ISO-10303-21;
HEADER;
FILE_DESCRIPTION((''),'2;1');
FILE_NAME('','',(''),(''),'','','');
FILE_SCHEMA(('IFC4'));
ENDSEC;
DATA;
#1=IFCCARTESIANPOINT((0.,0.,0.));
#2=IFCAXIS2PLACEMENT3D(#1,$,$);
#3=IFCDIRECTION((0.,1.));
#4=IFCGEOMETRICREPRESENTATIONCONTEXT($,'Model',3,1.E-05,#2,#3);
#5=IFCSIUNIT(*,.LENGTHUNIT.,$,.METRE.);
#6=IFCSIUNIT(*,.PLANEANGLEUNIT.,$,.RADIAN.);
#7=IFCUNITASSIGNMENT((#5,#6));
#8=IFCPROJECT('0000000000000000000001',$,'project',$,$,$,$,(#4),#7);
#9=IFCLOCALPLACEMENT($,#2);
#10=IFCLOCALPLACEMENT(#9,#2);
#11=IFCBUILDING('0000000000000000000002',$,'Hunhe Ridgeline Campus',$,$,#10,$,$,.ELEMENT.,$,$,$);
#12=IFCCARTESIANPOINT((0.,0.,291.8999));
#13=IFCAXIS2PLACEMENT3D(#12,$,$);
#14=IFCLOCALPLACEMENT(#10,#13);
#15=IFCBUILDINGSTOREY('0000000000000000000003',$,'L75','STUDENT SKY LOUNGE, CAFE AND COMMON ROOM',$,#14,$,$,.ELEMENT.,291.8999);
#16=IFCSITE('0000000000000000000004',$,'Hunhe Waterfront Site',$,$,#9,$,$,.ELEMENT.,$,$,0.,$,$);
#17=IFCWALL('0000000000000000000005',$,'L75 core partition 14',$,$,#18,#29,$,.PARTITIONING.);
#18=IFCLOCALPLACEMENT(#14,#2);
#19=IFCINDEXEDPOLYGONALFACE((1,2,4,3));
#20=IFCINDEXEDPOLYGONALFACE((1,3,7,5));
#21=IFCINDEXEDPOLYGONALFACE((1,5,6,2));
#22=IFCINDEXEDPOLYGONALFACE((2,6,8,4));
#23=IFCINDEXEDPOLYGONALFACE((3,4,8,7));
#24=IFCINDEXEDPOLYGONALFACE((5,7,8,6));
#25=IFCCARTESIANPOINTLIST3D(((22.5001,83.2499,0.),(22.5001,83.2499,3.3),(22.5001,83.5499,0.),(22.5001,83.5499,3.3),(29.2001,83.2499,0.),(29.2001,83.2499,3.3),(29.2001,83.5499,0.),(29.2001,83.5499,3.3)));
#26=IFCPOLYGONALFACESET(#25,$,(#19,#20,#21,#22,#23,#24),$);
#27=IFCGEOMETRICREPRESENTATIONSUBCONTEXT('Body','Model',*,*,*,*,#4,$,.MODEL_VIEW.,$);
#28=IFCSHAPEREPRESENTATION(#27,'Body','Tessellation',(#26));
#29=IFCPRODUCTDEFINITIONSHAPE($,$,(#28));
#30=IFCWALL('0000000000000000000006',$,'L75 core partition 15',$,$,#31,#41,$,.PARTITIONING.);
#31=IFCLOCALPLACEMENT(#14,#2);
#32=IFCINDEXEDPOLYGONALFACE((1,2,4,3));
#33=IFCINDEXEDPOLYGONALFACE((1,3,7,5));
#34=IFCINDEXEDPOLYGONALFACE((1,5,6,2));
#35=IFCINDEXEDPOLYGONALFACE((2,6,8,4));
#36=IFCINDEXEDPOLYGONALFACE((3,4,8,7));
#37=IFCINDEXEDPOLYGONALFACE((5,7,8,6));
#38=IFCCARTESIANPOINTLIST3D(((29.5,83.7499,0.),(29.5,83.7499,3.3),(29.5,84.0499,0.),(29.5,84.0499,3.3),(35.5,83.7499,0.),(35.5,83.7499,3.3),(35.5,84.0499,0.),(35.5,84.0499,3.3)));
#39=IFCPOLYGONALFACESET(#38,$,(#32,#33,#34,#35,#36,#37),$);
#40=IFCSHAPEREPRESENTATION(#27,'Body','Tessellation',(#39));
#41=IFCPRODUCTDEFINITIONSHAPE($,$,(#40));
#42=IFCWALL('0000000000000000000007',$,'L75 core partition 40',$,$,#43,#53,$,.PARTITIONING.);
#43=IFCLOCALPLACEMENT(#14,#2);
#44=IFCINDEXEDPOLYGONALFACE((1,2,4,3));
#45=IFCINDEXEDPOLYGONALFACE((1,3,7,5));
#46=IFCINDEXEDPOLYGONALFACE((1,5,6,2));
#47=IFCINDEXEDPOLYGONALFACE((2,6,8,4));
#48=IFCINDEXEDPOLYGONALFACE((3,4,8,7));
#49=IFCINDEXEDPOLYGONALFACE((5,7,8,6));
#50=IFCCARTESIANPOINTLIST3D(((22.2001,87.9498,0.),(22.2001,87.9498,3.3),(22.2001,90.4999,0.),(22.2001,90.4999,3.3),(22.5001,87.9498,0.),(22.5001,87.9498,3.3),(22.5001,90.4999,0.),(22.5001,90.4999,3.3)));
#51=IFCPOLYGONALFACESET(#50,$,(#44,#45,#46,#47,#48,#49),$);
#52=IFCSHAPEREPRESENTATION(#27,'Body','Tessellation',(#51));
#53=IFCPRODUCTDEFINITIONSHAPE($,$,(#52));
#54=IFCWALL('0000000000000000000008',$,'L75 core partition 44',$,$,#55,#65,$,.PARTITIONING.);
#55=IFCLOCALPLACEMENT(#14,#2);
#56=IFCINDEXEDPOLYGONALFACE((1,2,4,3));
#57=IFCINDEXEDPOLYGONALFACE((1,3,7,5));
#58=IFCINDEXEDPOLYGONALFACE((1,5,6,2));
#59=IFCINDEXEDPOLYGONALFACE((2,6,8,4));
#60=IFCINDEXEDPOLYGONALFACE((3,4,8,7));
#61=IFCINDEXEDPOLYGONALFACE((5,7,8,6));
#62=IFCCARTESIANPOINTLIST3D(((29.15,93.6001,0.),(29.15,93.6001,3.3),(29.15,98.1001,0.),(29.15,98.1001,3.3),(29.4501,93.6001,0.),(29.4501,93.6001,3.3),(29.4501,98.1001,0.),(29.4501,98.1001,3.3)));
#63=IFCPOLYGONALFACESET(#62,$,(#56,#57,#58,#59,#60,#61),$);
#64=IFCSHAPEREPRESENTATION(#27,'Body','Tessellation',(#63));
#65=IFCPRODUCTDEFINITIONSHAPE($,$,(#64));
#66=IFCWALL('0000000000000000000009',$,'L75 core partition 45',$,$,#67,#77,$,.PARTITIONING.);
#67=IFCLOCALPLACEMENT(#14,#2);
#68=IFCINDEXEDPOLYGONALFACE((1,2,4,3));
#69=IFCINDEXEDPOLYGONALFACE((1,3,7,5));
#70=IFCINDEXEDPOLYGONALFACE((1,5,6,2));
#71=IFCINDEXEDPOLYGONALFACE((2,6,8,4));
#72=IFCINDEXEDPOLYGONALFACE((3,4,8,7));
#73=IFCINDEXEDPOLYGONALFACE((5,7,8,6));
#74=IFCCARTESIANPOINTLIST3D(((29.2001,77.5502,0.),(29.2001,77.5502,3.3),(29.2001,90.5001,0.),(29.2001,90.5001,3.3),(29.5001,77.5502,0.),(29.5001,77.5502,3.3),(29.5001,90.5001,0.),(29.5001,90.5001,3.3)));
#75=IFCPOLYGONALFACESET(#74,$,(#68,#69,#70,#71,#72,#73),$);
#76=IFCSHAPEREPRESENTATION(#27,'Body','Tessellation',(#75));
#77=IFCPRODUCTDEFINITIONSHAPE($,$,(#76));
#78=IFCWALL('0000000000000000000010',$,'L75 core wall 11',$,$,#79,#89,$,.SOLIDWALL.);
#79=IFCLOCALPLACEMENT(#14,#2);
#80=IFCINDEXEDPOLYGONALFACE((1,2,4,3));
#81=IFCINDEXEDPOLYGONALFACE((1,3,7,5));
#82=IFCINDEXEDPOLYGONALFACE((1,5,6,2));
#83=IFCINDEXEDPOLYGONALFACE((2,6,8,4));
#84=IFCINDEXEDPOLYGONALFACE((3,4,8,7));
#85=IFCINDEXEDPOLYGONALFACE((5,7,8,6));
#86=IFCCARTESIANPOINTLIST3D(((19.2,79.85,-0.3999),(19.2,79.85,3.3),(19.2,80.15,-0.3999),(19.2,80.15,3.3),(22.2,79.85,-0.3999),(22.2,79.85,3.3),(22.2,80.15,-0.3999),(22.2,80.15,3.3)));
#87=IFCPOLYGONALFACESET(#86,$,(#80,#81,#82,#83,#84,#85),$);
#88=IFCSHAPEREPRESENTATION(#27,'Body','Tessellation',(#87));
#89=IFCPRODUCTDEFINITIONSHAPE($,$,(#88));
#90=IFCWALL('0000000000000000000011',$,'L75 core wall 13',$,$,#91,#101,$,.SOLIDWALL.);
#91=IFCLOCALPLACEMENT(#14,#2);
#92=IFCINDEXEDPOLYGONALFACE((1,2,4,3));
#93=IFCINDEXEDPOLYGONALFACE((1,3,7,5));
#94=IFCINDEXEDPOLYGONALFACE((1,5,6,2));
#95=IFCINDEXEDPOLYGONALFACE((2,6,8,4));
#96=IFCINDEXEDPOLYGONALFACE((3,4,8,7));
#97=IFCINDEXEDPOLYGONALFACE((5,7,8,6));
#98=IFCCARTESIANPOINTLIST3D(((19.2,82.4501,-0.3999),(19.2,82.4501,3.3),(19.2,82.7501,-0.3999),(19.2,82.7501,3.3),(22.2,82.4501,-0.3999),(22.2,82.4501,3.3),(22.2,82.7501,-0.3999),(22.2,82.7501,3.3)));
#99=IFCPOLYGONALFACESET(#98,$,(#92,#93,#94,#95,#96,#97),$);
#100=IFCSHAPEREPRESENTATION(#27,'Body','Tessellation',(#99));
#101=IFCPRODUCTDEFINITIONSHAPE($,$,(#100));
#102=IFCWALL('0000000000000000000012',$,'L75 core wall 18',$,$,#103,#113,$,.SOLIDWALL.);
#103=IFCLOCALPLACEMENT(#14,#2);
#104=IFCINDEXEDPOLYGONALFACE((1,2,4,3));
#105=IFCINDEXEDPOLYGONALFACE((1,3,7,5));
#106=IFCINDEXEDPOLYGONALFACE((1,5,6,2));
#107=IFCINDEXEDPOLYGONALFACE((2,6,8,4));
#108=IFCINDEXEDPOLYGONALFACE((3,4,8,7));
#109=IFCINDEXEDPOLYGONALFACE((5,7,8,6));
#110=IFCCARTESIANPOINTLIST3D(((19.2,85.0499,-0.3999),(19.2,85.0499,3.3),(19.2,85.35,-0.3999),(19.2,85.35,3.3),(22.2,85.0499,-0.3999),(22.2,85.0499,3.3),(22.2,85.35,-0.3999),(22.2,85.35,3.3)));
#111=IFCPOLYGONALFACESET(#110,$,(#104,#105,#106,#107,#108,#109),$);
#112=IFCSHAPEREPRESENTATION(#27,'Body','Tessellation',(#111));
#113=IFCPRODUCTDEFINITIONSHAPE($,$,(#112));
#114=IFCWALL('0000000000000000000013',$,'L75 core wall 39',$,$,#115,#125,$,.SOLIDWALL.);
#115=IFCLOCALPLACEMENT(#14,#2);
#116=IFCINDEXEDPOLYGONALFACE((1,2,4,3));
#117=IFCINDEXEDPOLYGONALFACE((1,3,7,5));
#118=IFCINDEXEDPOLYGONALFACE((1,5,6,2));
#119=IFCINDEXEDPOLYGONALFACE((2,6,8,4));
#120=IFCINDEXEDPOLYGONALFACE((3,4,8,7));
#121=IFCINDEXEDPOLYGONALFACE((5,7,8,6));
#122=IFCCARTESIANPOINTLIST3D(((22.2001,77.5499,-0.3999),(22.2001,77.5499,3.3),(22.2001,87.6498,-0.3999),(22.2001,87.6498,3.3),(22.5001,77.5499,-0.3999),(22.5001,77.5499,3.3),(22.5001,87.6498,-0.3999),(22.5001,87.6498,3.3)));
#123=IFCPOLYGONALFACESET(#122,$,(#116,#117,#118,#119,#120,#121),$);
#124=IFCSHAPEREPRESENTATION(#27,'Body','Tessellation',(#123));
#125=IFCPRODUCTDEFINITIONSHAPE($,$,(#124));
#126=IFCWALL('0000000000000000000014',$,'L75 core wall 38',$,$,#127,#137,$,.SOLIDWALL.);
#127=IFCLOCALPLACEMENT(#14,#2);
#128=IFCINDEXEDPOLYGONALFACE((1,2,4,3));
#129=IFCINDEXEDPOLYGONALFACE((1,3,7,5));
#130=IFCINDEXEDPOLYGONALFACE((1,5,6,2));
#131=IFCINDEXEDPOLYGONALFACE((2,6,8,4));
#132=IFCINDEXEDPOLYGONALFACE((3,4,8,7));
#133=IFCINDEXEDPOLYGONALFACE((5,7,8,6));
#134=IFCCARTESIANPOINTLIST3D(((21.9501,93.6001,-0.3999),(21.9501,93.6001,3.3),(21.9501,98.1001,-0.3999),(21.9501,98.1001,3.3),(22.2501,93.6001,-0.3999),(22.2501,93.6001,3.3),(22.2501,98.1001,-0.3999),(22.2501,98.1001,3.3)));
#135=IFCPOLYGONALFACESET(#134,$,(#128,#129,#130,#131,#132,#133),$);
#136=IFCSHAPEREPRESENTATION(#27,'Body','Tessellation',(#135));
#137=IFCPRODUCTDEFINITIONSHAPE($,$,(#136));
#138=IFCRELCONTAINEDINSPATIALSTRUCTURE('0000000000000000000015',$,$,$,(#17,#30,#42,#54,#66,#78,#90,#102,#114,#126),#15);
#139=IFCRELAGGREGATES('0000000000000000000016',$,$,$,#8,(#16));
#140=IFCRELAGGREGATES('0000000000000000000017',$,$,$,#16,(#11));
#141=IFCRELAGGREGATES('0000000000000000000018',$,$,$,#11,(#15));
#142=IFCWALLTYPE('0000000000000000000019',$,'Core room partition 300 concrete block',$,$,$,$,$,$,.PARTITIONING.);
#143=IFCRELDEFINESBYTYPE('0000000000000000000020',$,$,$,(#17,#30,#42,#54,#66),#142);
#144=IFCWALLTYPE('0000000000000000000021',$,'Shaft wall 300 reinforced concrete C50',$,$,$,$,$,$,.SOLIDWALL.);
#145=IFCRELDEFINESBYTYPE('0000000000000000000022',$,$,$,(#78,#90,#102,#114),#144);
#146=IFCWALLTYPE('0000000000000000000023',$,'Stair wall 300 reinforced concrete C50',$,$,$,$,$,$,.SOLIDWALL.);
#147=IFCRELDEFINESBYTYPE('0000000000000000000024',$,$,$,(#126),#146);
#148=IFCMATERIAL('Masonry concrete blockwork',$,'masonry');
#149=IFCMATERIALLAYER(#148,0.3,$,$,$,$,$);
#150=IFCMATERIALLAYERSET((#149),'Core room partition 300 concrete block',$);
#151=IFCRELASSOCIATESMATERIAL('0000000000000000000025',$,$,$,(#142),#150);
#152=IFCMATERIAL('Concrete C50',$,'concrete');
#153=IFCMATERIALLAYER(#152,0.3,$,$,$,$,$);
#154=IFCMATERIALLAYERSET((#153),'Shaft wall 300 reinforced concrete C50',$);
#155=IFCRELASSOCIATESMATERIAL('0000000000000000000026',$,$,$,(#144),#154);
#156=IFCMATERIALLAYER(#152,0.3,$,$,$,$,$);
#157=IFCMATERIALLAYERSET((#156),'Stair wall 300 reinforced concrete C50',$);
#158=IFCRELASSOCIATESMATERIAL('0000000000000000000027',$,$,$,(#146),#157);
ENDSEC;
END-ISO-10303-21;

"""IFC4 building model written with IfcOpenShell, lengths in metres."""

from ifc_helpers import new_model, si_unit, direction, frame, frame_2d, origin, place, context, subcontext, project, spatial, rectangle, extrude, material, layer, layer_set, type_object, element, save


model = new_model("IFC4")

# Units and contexts
model_context = context("Model", 3, precision=1e-05, world=origin(), true_north=direction((0.0, 1.0)))
body_context = subcontext(model_context, "Body", "Model", "MODEL_VIEW")
ifc_project = project(units=[si_unit("LENGTHUNIT", "METRE"), si_unit("PLANEANGLEUNIT", "RADIAN")], contexts=[model_context])

# Site, building, storey
site_placement = place(None, origin())
site = spatial("IfcSite", under=ifc_project, at=site_placement, Name="Hunhe Waterfront Site", CompositionType="ELEMENT", RefElevation=0.0)
building_placement = place(site_placement, origin())
building = spatial("IfcBuilding", under=site, at=building_placement, Name="Hunhe Ridgeline Campus", CompositionType="ELEMENT")
storey_placement = place(building_placement, frame((0.0, 0.0, 291.8999)))
storey = spatial("IfcBuildingStorey", under=building, at=storey_placement, Name="L75", Description="STUDENT SKY LOUNGE, CAFE AND COMMON ROOM", CompositionType="ELEMENT", Elevation=291.8999)

# Walls
ifc_material_1 = material(Name="Masonry concrete blockwork", Category="masonry")
ifc_layer_1 = layer(ifc_material_1, 0.3)
ifc_layer_set_1 = layer_set([ifc_layer_1], Name="Core room partition 300 concrete block")
wall_type_1 = type_object("IfcWallType", Name="Core room partition 300 concrete block", PredefinedType="PARTITIONING", material=ifc_layer_set_1)
wall_1_placement = place(storey_placement, frame((22.5, 83.3999, 0.0), z_axis=(0.0, 0.0, 1.0), x_axis=(1.0, 0.0, 0.0)))
element("IfcWall", 1, at=wall_1_placement, inside=storey, type_object=wall_type_1, Name="L75 core partition 14", PredefinedType="PARTITIONING", context=body_context, shape_type="SweptSolid", body=[
    extrude(rectangle(XDim=6.7, YDim=0.3, at=frame_2d((3.3501, 0.0))), origin(), (0.0, 0.0, 1.0), 3.3),
])
wall_2_placement = place(storey_placement, frame((29.5, 83.8999, 0.0), z_axis=(0.0, 0.0, 1.0), x_axis=(1.0, 0.0, 0.0)))
element("IfcWall", 2, at=wall_2_placement, inside=storey, type_object=wall_type_1, Name="L75 core partition 15", PredefinedType="PARTITIONING", context=body_context, shape_type="SweptSolid", body=[
    extrude(rectangle(XDim=6.0, YDim=0.3, at=frame_2d((3.0, 0.0))), origin(), (0.0, 0.0, 1.0), 3.3),
])
wall_3_placement = place(storey_placement, frame((22.3501, 87.95, 0.0), z_axis=(0.0, 0.0, 1.0), x_axis=(0.0, 1.0, 0.0)))
element("IfcWall", 3, at=wall_3_placement, inside=storey, type_object=wall_type_1, Name="L75 core partition 40", PredefinedType="PARTITIONING", context=body_context, shape_type="SweptSolid", body=[
    extrude(rectangle(XDim=2.55, YDim=0.3, at=frame_2d((1.2749, 0.0))), origin(), (0.0, 0.0, 1.0), 3.3),
])
wall_4_placement = place(storey_placement, frame((29.3, 93.6001, 0.0), z_axis=(0.0, 0.0, 1.0), x_axis=(0.0, 1.0, 0.0)))
element("IfcWall", 4, at=wall_4_placement, inside=storey, type_object=wall_type_1, Name="L75 core partition 44", PredefinedType="PARTITIONING", context=body_context, shape_type="SweptSolid", body=[
    extrude(rectangle(XDim=4.5, YDim=0.3, at=frame_2d((2.25, 0.0))), origin(), (0.0, 0.0, 1.0), 3.3),
])
wall_5_placement = place(storey_placement, frame((29.3501, 77.55, 0.0), z_axis=(0.0, 0.0, 1.0), x_axis=(0.0, 1.0, 0.0)))
element("IfcWall", 5, at=wall_5_placement, inside=storey, type_object=wall_type_1, Name="L75 core partition 45", PredefinedType="PARTITIONING", context=body_context, shape_type="SweptSolid", body=[
    extrude(rectangle(XDim=12.95, YDim=0.3, at=frame_2d((6.4751, 0.0))), origin(), (0.0, 0.0, 1.0), 3.3),
])
ifc_material_2 = material(Name="Concrete C50", Category="concrete")
ifc_layer_2 = layer(ifc_material_2, 0.3)
ifc_layer_set_2 = layer_set([ifc_layer_2], Name="Shaft wall 300 reinforced concrete C50")
wall_type_2 = type_object("IfcWallType", Name="Shaft wall 300 reinforced concrete C50", PredefinedType="SOLIDWALL", material=ifc_layer_set_2)
for number, where, z_axis, x_axis, name in (
    (6, (19.2, 80.0, -0.3999), (0.0, 0.0, 1.0), (1.0, 0.0, 0.0), "L75 core wall 11"),
    (7, (19.2, 82.6001, -0.3999), (0.0, 0.0, 1.0), (1.0, 0.0, 0.0), "L75 core wall 13"),
    (8, (19.2, 85.2, -0.3999), (0.0, 0.0, 1.0), (1.0, 0.0, 0.0), "L75 core wall 18"),
):
    element("IfcWall", number, at=place(storey_placement, frame(where, z_axis=z_axis, x_axis=x_axis)), inside=storey, type_object=wall_type_2, Name=name, PredefinedType="SOLIDWALL", context=body_context, shape_type="SweptSolid", body=[
        extrude(rectangle(XDim=3.0, YDim=0.3, at=frame_2d((1.5, 0.0))), origin(), (0.0, 0.0, 1.0), 3.7),
    ])

# Walls
wall_6_placement = place(storey_placement, frame((22.3501, 77.55, -0.3999), z_axis=(0.0, 0.0, 1.0), x_axis=(0.0, 1.0, 0.0)))
element("IfcWall", 9, at=wall_6_placement, inside=storey, type_object=wall_type_2, Name="L75 core wall 39", PredefinedType="SOLIDWALL", context=body_context, shape_type="SweptSolid", body=[
    extrude(rectangle(XDim=10.0999, YDim=0.3, at=frame_2d((5.0498, 0.0))), origin(), (0.0, 0.0, 1.0), 3.7),
])
ifc_layer_3 = layer(ifc_material_2, 0.3)
ifc_layer_set_3 = layer_set([ifc_layer_3], Name="Stair wall 300 reinforced concrete C50")
wall_type_3 = type_object("IfcWallType", Name="Stair wall 300 reinforced concrete C50", PredefinedType="SOLIDWALL", material=ifc_layer_set_3)
wall_7_placement = place(storey_placement, frame((22.1001, 93.6001, -0.3999), z_axis=(0.0, 0.0, 1.0), x_axis=(0.0, 1.0, 0.0)))
element("IfcWall", 10, at=wall_7_placement, inside=storey, type_object=wall_type_3, Name="L75 core wall 38", PredefinedType="SOLIDWALL", context=body_context, shape_type="SweptSolid", body=[
    extrude(rectangle(XDim=4.5, YDim=0.3, at=frame_2d((2.25, 0.0))), origin(), (0.0, 0.0, 1.0), 3.7),
])

save(model, "model.ifc")
